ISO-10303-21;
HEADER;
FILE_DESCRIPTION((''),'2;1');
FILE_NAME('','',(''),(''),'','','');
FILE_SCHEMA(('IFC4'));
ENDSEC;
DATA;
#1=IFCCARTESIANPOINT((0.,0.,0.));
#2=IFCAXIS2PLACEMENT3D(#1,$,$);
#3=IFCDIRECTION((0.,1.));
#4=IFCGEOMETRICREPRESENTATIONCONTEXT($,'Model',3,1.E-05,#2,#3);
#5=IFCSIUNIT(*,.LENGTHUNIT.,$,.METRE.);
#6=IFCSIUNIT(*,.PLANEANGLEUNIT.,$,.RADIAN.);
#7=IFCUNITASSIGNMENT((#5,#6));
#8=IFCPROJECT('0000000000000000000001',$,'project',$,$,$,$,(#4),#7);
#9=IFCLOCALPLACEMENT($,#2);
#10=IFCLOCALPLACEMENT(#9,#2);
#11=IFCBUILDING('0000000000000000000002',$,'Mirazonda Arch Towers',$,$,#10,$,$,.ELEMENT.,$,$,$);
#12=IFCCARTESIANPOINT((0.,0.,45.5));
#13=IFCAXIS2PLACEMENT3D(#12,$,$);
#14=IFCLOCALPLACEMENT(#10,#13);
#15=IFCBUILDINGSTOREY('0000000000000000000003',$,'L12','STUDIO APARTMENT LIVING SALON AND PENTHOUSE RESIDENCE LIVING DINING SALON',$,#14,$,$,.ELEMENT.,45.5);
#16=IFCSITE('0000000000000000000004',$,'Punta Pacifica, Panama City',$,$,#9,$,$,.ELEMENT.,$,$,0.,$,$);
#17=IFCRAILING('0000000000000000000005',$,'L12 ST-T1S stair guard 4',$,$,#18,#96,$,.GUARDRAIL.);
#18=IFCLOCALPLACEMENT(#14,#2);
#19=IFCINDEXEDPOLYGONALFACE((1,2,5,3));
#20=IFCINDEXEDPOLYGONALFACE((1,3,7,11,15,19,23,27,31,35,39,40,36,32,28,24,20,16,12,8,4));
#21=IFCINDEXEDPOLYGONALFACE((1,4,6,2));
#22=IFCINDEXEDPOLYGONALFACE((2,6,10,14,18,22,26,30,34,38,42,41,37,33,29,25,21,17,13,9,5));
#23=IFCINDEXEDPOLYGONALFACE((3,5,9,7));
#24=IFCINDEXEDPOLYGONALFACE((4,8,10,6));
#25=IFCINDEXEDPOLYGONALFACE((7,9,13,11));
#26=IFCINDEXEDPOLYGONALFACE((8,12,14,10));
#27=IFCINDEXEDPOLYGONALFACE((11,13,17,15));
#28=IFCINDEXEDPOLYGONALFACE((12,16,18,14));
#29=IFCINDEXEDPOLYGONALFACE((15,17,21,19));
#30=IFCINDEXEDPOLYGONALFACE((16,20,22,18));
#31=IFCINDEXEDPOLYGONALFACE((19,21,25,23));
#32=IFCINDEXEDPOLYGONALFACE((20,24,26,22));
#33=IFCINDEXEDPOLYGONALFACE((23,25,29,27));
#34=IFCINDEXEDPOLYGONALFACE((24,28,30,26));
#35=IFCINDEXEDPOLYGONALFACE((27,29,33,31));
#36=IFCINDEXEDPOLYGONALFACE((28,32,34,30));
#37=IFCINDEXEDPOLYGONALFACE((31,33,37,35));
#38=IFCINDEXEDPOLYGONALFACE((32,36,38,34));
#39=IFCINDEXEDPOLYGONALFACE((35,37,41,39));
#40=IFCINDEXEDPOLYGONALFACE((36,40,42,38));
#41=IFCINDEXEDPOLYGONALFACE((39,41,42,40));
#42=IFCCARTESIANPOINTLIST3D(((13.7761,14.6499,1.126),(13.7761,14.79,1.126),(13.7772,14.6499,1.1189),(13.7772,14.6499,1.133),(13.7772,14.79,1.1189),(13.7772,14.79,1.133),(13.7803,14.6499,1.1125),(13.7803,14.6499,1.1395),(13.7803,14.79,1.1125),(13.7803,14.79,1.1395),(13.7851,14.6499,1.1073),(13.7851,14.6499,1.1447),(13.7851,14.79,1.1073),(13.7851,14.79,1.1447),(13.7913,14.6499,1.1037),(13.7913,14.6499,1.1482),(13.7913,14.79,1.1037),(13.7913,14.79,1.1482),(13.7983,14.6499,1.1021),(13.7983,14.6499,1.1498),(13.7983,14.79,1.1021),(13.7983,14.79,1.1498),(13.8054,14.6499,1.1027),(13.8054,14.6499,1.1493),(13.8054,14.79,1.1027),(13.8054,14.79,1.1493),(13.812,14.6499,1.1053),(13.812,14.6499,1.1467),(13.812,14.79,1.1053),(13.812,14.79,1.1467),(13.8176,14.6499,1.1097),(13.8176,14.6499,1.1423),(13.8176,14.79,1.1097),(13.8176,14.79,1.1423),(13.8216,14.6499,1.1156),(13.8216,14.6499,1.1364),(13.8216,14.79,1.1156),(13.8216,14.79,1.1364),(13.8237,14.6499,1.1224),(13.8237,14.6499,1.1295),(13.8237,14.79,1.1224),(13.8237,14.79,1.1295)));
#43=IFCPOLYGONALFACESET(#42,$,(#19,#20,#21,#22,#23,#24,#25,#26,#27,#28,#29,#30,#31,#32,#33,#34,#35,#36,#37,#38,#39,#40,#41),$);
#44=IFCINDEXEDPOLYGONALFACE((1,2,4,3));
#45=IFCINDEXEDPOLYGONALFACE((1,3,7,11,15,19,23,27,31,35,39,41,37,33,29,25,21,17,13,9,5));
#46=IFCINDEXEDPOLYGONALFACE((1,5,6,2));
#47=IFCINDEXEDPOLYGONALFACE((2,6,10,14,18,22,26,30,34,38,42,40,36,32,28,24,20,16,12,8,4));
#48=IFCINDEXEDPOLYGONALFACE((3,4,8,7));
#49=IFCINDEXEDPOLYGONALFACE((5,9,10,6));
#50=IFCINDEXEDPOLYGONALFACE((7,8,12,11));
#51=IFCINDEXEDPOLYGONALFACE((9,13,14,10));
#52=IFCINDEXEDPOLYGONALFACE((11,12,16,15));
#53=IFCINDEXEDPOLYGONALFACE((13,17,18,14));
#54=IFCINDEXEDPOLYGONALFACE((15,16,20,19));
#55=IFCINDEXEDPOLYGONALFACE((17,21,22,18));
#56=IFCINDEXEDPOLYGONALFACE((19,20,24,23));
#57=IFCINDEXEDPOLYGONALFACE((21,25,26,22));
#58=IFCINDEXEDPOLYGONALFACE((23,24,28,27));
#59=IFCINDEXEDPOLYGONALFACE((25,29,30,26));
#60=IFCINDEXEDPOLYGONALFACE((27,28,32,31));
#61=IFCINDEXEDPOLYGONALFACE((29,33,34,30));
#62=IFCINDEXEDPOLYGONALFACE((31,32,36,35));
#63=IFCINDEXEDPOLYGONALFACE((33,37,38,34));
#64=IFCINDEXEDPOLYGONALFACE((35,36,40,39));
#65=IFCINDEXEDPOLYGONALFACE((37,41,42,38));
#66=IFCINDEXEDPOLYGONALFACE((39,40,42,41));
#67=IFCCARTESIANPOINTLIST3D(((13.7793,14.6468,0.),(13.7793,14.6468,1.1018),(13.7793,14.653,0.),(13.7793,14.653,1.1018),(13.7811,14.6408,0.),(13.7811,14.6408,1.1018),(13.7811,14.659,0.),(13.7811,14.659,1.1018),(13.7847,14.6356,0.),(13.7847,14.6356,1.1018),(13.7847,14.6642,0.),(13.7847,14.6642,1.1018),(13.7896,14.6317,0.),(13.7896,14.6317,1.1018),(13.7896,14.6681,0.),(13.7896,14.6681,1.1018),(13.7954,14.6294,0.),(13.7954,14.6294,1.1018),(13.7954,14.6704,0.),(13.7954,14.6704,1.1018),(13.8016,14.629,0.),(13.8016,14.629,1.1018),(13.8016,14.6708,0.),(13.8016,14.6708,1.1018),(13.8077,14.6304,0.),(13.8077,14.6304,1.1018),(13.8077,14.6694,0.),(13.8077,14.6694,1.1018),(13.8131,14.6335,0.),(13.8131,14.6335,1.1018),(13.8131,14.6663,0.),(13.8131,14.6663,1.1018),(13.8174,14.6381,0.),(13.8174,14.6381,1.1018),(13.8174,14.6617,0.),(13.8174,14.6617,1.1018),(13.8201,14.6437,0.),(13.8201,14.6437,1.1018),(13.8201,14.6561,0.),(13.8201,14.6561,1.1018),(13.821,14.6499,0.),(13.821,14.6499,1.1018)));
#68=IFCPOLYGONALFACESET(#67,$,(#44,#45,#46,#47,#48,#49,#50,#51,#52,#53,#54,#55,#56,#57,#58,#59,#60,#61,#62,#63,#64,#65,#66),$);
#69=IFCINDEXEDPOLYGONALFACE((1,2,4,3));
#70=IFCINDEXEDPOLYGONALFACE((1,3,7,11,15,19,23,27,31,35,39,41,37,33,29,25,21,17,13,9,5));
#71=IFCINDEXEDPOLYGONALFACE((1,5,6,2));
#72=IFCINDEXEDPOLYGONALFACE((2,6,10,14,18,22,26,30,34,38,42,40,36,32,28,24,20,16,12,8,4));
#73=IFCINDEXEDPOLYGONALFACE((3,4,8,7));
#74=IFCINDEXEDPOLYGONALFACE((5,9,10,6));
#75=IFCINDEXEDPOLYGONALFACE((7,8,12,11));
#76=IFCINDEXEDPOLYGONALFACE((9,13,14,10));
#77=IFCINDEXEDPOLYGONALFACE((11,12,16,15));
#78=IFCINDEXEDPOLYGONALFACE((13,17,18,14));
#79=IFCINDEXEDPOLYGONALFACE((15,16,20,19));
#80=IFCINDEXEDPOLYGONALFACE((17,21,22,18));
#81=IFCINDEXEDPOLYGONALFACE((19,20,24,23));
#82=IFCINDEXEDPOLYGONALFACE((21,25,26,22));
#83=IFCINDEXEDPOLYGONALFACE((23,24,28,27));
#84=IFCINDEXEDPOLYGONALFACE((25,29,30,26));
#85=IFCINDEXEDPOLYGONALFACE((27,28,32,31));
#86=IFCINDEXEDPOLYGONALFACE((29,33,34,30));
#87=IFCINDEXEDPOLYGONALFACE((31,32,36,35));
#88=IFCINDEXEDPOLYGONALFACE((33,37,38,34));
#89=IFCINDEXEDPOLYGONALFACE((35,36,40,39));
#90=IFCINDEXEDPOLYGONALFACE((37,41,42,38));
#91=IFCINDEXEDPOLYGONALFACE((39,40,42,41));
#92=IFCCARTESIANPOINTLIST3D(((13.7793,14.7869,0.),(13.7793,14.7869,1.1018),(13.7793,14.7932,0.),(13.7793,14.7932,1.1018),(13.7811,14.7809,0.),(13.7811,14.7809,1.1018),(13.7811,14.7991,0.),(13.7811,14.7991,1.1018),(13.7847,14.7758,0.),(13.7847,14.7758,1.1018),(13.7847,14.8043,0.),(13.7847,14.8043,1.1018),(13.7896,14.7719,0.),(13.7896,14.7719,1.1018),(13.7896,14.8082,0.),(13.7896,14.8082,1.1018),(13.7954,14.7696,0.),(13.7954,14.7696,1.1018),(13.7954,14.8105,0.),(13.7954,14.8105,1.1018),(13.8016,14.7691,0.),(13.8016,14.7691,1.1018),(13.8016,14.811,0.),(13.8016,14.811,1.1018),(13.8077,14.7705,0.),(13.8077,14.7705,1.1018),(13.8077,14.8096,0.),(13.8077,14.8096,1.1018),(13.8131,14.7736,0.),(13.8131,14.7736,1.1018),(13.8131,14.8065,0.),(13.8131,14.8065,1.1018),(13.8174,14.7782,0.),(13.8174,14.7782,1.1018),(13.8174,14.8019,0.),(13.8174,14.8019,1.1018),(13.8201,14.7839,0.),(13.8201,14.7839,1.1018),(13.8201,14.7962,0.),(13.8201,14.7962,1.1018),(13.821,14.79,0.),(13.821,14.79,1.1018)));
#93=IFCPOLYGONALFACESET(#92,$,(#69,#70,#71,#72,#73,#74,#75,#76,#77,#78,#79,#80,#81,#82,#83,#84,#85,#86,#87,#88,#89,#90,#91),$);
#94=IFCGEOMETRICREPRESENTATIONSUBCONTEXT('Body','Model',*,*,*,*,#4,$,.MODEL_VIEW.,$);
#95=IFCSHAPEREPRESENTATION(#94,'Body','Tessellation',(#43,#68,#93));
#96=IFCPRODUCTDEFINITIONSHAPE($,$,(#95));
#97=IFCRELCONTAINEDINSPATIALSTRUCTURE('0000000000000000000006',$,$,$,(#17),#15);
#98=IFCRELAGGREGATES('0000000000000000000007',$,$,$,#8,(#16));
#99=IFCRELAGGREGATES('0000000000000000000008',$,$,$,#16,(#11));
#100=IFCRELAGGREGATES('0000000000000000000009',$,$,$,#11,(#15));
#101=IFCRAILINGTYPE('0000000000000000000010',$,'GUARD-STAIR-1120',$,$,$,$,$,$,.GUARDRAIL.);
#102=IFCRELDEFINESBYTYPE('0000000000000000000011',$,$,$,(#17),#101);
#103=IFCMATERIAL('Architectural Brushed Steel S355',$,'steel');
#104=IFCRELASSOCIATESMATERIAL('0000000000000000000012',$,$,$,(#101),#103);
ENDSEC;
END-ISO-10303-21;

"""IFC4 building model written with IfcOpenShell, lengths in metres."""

from ifc_helpers import new_model, si_unit, direction, frame, origin, origin_2d, place, context, subcontext, project, spatial, circle, extrude, material, type_object, element, save


model = new_model("IFC4")

# Units and contexts
model_context = context("Model", 3, precision=1e-05, world=origin(), true_north=direction((0.0, 1.0)))
body_context = subcontext(model_context, "Body", "Model", "MODEL_VIEW")
ifc_project = project(units=[si_unit("LENGTHUNIT", "METRE"), si_unit("PLANEANGLEUNIT", "RADIAN")], contexts=[model_context])

# Site, building, storey
site_placement = place(None, origin())
site = spatial("IfcSite", under=ifc_project, at=site_placement, Name="Punta Pacifica, Panama City", CompositionType="ELEMENT", RefElevation=0.0)
building_placement = place(site_placement, origin())
building = spatial("IfcBuilding", under=site, at=building_placement, Name="Mirazonda Arch Towers", CompositionType="ELEMENT")
storey_placement = place(building_placement, frame((0.0, 0.0, 45.5)))
storey = spatial("IfcBuildingStorey", under=building, at=storey_placement, Name="L12", Description="STUDIO APARTMENT LIVING SALON AND PENTHOUSE RESIDENCE LIVING DINING SALON", CompositionType="ELEMENT", Elevation=45.5)

# Shared definitions
ifc_material_1 = material(Name="Architectural Brushed Steel S355", Category="steel")

# Railing
railing_type_1 = type_object("IfcRailingType", Name="GUARD-STAIR-1120", PredefinedType="GUARDRAIL", material=ifc_material_1)
railing_1_placement = place(storey_placement, frame((13.8, 14.6499, 0.0)))
element("IfcRailing", 1, at=railing_1_placement, inside=storey, type_object=railing_type_1, Name="L12 ST-T1S stair guard 4", PredefinedType="GUARDRAIL", context=body_context, shape_type="SweptSolid", body=[
    extrude(circle(Radius=0.0239, at=origin_2d()), frame((0.0, 0.0, 1.126), z_axis=(0.0, 1.0, 0.0), x_axis=(-1.0, 0.0, 0.0)), (0.0, 0.0, 1.0), 0.1401),
    extrude(circle(Radius=0.021, at=origin_2d()), origin(), (0.0, 0.0, 1.0), 1.1018),
    extrude(circle(Radius=0.021, at=origin_2d()), frame((0.0, 0.1401, 0.0)), (0.0, 0.0, 1.0), 1.1018),
])

save(model, "model.ifc")
